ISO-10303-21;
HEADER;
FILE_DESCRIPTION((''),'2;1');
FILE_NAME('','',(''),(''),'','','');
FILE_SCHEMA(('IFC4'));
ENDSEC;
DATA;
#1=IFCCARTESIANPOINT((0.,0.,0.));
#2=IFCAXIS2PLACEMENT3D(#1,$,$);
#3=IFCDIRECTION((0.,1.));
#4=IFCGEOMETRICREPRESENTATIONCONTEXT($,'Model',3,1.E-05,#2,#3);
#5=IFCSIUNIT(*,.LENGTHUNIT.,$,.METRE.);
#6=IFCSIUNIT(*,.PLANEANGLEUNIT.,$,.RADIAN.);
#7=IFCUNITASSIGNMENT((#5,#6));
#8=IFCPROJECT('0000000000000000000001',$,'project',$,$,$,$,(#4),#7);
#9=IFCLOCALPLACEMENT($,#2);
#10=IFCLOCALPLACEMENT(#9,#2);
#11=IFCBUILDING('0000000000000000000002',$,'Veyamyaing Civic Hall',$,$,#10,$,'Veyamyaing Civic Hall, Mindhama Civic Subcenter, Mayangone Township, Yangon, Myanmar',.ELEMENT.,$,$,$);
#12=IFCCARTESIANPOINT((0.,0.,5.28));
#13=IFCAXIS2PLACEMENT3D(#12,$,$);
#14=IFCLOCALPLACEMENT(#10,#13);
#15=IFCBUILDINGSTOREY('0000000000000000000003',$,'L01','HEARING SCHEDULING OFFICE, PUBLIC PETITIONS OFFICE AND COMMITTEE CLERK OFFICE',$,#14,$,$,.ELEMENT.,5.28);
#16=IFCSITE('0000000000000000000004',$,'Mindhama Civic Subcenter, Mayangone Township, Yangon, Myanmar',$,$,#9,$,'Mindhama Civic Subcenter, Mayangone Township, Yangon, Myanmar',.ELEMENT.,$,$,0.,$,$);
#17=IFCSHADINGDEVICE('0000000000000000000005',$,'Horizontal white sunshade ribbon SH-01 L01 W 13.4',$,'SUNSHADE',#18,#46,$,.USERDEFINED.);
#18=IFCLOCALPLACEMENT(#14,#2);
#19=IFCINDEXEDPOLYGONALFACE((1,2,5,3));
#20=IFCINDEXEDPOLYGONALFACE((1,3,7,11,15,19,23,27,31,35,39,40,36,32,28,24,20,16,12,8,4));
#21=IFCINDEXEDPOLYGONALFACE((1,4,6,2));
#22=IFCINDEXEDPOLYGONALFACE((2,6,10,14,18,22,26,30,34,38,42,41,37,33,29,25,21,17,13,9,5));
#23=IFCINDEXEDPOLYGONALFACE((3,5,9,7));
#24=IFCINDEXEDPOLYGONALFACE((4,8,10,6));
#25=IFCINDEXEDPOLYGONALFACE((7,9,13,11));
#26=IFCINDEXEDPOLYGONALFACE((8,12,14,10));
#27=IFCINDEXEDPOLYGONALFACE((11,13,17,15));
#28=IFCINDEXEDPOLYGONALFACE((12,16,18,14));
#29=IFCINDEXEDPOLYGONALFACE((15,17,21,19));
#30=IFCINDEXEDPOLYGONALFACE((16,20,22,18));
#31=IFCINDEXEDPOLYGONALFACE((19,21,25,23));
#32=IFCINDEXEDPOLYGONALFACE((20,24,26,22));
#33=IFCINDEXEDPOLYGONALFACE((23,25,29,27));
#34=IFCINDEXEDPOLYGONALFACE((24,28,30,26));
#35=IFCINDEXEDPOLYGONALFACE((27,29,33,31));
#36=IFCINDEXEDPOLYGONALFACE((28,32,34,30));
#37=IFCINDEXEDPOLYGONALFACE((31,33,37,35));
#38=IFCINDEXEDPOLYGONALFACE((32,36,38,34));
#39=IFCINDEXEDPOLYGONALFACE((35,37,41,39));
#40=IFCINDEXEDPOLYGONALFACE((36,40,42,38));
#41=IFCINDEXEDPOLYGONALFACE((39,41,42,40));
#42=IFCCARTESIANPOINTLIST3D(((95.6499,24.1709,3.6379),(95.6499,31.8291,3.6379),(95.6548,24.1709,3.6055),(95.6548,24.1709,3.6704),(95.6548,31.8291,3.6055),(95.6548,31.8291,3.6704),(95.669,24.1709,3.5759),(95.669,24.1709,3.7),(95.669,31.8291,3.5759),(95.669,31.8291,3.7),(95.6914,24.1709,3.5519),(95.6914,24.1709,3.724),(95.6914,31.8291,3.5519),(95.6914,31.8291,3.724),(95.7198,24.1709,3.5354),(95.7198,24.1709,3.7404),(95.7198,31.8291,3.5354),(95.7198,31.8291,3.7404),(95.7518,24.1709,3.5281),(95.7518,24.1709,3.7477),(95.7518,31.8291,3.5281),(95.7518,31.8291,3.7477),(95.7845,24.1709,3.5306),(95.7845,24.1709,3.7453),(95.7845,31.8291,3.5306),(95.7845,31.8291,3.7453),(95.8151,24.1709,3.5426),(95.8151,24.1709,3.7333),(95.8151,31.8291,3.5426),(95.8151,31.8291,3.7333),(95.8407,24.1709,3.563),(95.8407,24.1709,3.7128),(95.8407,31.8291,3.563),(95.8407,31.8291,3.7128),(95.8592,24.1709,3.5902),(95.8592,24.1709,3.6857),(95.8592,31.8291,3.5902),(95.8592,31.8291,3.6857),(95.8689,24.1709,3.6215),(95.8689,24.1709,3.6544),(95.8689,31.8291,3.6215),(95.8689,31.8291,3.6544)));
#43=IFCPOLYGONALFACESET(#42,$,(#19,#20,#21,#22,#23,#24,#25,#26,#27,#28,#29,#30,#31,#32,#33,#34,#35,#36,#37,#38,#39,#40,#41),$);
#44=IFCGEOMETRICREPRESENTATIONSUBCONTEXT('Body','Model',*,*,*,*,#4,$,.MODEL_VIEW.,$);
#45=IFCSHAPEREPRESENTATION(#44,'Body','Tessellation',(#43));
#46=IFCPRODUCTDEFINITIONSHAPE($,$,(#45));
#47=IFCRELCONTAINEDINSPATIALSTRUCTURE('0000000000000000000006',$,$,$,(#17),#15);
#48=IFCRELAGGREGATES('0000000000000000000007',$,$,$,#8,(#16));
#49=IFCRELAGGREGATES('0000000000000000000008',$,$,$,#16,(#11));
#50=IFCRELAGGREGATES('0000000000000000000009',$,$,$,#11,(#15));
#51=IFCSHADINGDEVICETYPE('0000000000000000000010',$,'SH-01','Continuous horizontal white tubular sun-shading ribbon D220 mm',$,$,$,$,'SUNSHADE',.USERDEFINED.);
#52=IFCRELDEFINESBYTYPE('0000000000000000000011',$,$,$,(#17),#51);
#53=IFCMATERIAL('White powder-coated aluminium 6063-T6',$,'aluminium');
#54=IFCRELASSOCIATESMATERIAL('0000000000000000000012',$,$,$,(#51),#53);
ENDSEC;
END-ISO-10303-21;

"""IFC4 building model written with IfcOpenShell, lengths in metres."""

from ifc_helpers import new_model, si_unit, direction, frame, origin, origin_2d, place, context, subcontext, project, spatial, circle, extrude, material, material_profile, profile_set, type_object, element, save


model = new_model("IFC4")

# Units and contexts
model_context = context("Model", 3, precision=1e-05, world=origin(), true_north=direction((0.0, 1.0)))
body_context = subcontext(model_context, "Body", "Model", "MODEL_VIEW")
ifc_project = project(units=[si_unit("LENGTHUNIT", "METRE"), si_unit("PLANEANGLEUNIT", "RADIAN")], contexts=[model_context])

# Site, building, storey
site_placement = place(None, origin())
site = spatial("IfcSite", under=ifc_project, at=site_placement, Name="Mindhama Civic Subcenter, Mayangone Township, Yangon, Myanmar", LongName="Mindhama Civic Subcenter, Mayangone Township, Yangon, Myanmar", CompositionType="ELEMENT", RefElevation=0.0)
building_placement = place(site_placement, origin())
building = spatial("IfcBuilding", under=site, at=building_placement, Name="Veyamyaing Civic Hall", LongName="Veyamyaing Civic Hall, Mindhama Civic Subcenter, Mayangone Township, Yangon, Myanmar", CompositionType="ELEMENT")
storey_placement = place(building_placement, frame((0.0, 0.0, 5.28)))
storey = spatial("IfcBuildingStorey", under=building, at=storey_placement, Name="L01", Description="HEARING SCHEDULING OFFICE, PUBLIC PETITIONS OFFICE AND COMMITTEE CLERK OFFICE", CompositionType="ELEMENT", Elevation=5.28)

# Shading device
ifc_material_1 = material(Name="White powder-coated aluminium 6063-T6", Category="aluminium")
ifc_material_profile_1 = material_profile(ifc_material_1, circle(Radius=0.1101, at=origin_2d()), Name="SHADE-TUBE-220")
ifc_profile_set_1 = profile_set([ifc_material_profile_1], Name="White powder-coated aluminium 6063-T6")
shading_device_type = type_object("IfcShadingDeviceType", Name="SH-01", Description="Continuous horizontal white tubular sun-shading ribbon D220 mm", ElementType="SUNSHADE", PredefinedType="USERDEFINED", material=ifc_profile_set_1)
shading_device_placement = place(storey_placement, frame((95.76, 24.1709, 3.6379), z_axis=(0.0, 1.0, 0.0), x_axis=(-1.0, 0.0, 0.0)))
element("IfcShadingDevice", 1, at=shading_device_placement, inside=storey, type_object=shading_device_type, Name="Horizontal white sunshade ribbon SH-01 L01 W 13.4", ObjectType="SUNSHADE", PredefinedType="USERDEFINED", context=body_context, shape_type="SweptSolid", body=[
    extrude(circle(Radius=0.1101, at=origin_2d()), origin(), (0.0, 0.0, 1.0), 7.6582),
])

save(model, "model.ifc")
